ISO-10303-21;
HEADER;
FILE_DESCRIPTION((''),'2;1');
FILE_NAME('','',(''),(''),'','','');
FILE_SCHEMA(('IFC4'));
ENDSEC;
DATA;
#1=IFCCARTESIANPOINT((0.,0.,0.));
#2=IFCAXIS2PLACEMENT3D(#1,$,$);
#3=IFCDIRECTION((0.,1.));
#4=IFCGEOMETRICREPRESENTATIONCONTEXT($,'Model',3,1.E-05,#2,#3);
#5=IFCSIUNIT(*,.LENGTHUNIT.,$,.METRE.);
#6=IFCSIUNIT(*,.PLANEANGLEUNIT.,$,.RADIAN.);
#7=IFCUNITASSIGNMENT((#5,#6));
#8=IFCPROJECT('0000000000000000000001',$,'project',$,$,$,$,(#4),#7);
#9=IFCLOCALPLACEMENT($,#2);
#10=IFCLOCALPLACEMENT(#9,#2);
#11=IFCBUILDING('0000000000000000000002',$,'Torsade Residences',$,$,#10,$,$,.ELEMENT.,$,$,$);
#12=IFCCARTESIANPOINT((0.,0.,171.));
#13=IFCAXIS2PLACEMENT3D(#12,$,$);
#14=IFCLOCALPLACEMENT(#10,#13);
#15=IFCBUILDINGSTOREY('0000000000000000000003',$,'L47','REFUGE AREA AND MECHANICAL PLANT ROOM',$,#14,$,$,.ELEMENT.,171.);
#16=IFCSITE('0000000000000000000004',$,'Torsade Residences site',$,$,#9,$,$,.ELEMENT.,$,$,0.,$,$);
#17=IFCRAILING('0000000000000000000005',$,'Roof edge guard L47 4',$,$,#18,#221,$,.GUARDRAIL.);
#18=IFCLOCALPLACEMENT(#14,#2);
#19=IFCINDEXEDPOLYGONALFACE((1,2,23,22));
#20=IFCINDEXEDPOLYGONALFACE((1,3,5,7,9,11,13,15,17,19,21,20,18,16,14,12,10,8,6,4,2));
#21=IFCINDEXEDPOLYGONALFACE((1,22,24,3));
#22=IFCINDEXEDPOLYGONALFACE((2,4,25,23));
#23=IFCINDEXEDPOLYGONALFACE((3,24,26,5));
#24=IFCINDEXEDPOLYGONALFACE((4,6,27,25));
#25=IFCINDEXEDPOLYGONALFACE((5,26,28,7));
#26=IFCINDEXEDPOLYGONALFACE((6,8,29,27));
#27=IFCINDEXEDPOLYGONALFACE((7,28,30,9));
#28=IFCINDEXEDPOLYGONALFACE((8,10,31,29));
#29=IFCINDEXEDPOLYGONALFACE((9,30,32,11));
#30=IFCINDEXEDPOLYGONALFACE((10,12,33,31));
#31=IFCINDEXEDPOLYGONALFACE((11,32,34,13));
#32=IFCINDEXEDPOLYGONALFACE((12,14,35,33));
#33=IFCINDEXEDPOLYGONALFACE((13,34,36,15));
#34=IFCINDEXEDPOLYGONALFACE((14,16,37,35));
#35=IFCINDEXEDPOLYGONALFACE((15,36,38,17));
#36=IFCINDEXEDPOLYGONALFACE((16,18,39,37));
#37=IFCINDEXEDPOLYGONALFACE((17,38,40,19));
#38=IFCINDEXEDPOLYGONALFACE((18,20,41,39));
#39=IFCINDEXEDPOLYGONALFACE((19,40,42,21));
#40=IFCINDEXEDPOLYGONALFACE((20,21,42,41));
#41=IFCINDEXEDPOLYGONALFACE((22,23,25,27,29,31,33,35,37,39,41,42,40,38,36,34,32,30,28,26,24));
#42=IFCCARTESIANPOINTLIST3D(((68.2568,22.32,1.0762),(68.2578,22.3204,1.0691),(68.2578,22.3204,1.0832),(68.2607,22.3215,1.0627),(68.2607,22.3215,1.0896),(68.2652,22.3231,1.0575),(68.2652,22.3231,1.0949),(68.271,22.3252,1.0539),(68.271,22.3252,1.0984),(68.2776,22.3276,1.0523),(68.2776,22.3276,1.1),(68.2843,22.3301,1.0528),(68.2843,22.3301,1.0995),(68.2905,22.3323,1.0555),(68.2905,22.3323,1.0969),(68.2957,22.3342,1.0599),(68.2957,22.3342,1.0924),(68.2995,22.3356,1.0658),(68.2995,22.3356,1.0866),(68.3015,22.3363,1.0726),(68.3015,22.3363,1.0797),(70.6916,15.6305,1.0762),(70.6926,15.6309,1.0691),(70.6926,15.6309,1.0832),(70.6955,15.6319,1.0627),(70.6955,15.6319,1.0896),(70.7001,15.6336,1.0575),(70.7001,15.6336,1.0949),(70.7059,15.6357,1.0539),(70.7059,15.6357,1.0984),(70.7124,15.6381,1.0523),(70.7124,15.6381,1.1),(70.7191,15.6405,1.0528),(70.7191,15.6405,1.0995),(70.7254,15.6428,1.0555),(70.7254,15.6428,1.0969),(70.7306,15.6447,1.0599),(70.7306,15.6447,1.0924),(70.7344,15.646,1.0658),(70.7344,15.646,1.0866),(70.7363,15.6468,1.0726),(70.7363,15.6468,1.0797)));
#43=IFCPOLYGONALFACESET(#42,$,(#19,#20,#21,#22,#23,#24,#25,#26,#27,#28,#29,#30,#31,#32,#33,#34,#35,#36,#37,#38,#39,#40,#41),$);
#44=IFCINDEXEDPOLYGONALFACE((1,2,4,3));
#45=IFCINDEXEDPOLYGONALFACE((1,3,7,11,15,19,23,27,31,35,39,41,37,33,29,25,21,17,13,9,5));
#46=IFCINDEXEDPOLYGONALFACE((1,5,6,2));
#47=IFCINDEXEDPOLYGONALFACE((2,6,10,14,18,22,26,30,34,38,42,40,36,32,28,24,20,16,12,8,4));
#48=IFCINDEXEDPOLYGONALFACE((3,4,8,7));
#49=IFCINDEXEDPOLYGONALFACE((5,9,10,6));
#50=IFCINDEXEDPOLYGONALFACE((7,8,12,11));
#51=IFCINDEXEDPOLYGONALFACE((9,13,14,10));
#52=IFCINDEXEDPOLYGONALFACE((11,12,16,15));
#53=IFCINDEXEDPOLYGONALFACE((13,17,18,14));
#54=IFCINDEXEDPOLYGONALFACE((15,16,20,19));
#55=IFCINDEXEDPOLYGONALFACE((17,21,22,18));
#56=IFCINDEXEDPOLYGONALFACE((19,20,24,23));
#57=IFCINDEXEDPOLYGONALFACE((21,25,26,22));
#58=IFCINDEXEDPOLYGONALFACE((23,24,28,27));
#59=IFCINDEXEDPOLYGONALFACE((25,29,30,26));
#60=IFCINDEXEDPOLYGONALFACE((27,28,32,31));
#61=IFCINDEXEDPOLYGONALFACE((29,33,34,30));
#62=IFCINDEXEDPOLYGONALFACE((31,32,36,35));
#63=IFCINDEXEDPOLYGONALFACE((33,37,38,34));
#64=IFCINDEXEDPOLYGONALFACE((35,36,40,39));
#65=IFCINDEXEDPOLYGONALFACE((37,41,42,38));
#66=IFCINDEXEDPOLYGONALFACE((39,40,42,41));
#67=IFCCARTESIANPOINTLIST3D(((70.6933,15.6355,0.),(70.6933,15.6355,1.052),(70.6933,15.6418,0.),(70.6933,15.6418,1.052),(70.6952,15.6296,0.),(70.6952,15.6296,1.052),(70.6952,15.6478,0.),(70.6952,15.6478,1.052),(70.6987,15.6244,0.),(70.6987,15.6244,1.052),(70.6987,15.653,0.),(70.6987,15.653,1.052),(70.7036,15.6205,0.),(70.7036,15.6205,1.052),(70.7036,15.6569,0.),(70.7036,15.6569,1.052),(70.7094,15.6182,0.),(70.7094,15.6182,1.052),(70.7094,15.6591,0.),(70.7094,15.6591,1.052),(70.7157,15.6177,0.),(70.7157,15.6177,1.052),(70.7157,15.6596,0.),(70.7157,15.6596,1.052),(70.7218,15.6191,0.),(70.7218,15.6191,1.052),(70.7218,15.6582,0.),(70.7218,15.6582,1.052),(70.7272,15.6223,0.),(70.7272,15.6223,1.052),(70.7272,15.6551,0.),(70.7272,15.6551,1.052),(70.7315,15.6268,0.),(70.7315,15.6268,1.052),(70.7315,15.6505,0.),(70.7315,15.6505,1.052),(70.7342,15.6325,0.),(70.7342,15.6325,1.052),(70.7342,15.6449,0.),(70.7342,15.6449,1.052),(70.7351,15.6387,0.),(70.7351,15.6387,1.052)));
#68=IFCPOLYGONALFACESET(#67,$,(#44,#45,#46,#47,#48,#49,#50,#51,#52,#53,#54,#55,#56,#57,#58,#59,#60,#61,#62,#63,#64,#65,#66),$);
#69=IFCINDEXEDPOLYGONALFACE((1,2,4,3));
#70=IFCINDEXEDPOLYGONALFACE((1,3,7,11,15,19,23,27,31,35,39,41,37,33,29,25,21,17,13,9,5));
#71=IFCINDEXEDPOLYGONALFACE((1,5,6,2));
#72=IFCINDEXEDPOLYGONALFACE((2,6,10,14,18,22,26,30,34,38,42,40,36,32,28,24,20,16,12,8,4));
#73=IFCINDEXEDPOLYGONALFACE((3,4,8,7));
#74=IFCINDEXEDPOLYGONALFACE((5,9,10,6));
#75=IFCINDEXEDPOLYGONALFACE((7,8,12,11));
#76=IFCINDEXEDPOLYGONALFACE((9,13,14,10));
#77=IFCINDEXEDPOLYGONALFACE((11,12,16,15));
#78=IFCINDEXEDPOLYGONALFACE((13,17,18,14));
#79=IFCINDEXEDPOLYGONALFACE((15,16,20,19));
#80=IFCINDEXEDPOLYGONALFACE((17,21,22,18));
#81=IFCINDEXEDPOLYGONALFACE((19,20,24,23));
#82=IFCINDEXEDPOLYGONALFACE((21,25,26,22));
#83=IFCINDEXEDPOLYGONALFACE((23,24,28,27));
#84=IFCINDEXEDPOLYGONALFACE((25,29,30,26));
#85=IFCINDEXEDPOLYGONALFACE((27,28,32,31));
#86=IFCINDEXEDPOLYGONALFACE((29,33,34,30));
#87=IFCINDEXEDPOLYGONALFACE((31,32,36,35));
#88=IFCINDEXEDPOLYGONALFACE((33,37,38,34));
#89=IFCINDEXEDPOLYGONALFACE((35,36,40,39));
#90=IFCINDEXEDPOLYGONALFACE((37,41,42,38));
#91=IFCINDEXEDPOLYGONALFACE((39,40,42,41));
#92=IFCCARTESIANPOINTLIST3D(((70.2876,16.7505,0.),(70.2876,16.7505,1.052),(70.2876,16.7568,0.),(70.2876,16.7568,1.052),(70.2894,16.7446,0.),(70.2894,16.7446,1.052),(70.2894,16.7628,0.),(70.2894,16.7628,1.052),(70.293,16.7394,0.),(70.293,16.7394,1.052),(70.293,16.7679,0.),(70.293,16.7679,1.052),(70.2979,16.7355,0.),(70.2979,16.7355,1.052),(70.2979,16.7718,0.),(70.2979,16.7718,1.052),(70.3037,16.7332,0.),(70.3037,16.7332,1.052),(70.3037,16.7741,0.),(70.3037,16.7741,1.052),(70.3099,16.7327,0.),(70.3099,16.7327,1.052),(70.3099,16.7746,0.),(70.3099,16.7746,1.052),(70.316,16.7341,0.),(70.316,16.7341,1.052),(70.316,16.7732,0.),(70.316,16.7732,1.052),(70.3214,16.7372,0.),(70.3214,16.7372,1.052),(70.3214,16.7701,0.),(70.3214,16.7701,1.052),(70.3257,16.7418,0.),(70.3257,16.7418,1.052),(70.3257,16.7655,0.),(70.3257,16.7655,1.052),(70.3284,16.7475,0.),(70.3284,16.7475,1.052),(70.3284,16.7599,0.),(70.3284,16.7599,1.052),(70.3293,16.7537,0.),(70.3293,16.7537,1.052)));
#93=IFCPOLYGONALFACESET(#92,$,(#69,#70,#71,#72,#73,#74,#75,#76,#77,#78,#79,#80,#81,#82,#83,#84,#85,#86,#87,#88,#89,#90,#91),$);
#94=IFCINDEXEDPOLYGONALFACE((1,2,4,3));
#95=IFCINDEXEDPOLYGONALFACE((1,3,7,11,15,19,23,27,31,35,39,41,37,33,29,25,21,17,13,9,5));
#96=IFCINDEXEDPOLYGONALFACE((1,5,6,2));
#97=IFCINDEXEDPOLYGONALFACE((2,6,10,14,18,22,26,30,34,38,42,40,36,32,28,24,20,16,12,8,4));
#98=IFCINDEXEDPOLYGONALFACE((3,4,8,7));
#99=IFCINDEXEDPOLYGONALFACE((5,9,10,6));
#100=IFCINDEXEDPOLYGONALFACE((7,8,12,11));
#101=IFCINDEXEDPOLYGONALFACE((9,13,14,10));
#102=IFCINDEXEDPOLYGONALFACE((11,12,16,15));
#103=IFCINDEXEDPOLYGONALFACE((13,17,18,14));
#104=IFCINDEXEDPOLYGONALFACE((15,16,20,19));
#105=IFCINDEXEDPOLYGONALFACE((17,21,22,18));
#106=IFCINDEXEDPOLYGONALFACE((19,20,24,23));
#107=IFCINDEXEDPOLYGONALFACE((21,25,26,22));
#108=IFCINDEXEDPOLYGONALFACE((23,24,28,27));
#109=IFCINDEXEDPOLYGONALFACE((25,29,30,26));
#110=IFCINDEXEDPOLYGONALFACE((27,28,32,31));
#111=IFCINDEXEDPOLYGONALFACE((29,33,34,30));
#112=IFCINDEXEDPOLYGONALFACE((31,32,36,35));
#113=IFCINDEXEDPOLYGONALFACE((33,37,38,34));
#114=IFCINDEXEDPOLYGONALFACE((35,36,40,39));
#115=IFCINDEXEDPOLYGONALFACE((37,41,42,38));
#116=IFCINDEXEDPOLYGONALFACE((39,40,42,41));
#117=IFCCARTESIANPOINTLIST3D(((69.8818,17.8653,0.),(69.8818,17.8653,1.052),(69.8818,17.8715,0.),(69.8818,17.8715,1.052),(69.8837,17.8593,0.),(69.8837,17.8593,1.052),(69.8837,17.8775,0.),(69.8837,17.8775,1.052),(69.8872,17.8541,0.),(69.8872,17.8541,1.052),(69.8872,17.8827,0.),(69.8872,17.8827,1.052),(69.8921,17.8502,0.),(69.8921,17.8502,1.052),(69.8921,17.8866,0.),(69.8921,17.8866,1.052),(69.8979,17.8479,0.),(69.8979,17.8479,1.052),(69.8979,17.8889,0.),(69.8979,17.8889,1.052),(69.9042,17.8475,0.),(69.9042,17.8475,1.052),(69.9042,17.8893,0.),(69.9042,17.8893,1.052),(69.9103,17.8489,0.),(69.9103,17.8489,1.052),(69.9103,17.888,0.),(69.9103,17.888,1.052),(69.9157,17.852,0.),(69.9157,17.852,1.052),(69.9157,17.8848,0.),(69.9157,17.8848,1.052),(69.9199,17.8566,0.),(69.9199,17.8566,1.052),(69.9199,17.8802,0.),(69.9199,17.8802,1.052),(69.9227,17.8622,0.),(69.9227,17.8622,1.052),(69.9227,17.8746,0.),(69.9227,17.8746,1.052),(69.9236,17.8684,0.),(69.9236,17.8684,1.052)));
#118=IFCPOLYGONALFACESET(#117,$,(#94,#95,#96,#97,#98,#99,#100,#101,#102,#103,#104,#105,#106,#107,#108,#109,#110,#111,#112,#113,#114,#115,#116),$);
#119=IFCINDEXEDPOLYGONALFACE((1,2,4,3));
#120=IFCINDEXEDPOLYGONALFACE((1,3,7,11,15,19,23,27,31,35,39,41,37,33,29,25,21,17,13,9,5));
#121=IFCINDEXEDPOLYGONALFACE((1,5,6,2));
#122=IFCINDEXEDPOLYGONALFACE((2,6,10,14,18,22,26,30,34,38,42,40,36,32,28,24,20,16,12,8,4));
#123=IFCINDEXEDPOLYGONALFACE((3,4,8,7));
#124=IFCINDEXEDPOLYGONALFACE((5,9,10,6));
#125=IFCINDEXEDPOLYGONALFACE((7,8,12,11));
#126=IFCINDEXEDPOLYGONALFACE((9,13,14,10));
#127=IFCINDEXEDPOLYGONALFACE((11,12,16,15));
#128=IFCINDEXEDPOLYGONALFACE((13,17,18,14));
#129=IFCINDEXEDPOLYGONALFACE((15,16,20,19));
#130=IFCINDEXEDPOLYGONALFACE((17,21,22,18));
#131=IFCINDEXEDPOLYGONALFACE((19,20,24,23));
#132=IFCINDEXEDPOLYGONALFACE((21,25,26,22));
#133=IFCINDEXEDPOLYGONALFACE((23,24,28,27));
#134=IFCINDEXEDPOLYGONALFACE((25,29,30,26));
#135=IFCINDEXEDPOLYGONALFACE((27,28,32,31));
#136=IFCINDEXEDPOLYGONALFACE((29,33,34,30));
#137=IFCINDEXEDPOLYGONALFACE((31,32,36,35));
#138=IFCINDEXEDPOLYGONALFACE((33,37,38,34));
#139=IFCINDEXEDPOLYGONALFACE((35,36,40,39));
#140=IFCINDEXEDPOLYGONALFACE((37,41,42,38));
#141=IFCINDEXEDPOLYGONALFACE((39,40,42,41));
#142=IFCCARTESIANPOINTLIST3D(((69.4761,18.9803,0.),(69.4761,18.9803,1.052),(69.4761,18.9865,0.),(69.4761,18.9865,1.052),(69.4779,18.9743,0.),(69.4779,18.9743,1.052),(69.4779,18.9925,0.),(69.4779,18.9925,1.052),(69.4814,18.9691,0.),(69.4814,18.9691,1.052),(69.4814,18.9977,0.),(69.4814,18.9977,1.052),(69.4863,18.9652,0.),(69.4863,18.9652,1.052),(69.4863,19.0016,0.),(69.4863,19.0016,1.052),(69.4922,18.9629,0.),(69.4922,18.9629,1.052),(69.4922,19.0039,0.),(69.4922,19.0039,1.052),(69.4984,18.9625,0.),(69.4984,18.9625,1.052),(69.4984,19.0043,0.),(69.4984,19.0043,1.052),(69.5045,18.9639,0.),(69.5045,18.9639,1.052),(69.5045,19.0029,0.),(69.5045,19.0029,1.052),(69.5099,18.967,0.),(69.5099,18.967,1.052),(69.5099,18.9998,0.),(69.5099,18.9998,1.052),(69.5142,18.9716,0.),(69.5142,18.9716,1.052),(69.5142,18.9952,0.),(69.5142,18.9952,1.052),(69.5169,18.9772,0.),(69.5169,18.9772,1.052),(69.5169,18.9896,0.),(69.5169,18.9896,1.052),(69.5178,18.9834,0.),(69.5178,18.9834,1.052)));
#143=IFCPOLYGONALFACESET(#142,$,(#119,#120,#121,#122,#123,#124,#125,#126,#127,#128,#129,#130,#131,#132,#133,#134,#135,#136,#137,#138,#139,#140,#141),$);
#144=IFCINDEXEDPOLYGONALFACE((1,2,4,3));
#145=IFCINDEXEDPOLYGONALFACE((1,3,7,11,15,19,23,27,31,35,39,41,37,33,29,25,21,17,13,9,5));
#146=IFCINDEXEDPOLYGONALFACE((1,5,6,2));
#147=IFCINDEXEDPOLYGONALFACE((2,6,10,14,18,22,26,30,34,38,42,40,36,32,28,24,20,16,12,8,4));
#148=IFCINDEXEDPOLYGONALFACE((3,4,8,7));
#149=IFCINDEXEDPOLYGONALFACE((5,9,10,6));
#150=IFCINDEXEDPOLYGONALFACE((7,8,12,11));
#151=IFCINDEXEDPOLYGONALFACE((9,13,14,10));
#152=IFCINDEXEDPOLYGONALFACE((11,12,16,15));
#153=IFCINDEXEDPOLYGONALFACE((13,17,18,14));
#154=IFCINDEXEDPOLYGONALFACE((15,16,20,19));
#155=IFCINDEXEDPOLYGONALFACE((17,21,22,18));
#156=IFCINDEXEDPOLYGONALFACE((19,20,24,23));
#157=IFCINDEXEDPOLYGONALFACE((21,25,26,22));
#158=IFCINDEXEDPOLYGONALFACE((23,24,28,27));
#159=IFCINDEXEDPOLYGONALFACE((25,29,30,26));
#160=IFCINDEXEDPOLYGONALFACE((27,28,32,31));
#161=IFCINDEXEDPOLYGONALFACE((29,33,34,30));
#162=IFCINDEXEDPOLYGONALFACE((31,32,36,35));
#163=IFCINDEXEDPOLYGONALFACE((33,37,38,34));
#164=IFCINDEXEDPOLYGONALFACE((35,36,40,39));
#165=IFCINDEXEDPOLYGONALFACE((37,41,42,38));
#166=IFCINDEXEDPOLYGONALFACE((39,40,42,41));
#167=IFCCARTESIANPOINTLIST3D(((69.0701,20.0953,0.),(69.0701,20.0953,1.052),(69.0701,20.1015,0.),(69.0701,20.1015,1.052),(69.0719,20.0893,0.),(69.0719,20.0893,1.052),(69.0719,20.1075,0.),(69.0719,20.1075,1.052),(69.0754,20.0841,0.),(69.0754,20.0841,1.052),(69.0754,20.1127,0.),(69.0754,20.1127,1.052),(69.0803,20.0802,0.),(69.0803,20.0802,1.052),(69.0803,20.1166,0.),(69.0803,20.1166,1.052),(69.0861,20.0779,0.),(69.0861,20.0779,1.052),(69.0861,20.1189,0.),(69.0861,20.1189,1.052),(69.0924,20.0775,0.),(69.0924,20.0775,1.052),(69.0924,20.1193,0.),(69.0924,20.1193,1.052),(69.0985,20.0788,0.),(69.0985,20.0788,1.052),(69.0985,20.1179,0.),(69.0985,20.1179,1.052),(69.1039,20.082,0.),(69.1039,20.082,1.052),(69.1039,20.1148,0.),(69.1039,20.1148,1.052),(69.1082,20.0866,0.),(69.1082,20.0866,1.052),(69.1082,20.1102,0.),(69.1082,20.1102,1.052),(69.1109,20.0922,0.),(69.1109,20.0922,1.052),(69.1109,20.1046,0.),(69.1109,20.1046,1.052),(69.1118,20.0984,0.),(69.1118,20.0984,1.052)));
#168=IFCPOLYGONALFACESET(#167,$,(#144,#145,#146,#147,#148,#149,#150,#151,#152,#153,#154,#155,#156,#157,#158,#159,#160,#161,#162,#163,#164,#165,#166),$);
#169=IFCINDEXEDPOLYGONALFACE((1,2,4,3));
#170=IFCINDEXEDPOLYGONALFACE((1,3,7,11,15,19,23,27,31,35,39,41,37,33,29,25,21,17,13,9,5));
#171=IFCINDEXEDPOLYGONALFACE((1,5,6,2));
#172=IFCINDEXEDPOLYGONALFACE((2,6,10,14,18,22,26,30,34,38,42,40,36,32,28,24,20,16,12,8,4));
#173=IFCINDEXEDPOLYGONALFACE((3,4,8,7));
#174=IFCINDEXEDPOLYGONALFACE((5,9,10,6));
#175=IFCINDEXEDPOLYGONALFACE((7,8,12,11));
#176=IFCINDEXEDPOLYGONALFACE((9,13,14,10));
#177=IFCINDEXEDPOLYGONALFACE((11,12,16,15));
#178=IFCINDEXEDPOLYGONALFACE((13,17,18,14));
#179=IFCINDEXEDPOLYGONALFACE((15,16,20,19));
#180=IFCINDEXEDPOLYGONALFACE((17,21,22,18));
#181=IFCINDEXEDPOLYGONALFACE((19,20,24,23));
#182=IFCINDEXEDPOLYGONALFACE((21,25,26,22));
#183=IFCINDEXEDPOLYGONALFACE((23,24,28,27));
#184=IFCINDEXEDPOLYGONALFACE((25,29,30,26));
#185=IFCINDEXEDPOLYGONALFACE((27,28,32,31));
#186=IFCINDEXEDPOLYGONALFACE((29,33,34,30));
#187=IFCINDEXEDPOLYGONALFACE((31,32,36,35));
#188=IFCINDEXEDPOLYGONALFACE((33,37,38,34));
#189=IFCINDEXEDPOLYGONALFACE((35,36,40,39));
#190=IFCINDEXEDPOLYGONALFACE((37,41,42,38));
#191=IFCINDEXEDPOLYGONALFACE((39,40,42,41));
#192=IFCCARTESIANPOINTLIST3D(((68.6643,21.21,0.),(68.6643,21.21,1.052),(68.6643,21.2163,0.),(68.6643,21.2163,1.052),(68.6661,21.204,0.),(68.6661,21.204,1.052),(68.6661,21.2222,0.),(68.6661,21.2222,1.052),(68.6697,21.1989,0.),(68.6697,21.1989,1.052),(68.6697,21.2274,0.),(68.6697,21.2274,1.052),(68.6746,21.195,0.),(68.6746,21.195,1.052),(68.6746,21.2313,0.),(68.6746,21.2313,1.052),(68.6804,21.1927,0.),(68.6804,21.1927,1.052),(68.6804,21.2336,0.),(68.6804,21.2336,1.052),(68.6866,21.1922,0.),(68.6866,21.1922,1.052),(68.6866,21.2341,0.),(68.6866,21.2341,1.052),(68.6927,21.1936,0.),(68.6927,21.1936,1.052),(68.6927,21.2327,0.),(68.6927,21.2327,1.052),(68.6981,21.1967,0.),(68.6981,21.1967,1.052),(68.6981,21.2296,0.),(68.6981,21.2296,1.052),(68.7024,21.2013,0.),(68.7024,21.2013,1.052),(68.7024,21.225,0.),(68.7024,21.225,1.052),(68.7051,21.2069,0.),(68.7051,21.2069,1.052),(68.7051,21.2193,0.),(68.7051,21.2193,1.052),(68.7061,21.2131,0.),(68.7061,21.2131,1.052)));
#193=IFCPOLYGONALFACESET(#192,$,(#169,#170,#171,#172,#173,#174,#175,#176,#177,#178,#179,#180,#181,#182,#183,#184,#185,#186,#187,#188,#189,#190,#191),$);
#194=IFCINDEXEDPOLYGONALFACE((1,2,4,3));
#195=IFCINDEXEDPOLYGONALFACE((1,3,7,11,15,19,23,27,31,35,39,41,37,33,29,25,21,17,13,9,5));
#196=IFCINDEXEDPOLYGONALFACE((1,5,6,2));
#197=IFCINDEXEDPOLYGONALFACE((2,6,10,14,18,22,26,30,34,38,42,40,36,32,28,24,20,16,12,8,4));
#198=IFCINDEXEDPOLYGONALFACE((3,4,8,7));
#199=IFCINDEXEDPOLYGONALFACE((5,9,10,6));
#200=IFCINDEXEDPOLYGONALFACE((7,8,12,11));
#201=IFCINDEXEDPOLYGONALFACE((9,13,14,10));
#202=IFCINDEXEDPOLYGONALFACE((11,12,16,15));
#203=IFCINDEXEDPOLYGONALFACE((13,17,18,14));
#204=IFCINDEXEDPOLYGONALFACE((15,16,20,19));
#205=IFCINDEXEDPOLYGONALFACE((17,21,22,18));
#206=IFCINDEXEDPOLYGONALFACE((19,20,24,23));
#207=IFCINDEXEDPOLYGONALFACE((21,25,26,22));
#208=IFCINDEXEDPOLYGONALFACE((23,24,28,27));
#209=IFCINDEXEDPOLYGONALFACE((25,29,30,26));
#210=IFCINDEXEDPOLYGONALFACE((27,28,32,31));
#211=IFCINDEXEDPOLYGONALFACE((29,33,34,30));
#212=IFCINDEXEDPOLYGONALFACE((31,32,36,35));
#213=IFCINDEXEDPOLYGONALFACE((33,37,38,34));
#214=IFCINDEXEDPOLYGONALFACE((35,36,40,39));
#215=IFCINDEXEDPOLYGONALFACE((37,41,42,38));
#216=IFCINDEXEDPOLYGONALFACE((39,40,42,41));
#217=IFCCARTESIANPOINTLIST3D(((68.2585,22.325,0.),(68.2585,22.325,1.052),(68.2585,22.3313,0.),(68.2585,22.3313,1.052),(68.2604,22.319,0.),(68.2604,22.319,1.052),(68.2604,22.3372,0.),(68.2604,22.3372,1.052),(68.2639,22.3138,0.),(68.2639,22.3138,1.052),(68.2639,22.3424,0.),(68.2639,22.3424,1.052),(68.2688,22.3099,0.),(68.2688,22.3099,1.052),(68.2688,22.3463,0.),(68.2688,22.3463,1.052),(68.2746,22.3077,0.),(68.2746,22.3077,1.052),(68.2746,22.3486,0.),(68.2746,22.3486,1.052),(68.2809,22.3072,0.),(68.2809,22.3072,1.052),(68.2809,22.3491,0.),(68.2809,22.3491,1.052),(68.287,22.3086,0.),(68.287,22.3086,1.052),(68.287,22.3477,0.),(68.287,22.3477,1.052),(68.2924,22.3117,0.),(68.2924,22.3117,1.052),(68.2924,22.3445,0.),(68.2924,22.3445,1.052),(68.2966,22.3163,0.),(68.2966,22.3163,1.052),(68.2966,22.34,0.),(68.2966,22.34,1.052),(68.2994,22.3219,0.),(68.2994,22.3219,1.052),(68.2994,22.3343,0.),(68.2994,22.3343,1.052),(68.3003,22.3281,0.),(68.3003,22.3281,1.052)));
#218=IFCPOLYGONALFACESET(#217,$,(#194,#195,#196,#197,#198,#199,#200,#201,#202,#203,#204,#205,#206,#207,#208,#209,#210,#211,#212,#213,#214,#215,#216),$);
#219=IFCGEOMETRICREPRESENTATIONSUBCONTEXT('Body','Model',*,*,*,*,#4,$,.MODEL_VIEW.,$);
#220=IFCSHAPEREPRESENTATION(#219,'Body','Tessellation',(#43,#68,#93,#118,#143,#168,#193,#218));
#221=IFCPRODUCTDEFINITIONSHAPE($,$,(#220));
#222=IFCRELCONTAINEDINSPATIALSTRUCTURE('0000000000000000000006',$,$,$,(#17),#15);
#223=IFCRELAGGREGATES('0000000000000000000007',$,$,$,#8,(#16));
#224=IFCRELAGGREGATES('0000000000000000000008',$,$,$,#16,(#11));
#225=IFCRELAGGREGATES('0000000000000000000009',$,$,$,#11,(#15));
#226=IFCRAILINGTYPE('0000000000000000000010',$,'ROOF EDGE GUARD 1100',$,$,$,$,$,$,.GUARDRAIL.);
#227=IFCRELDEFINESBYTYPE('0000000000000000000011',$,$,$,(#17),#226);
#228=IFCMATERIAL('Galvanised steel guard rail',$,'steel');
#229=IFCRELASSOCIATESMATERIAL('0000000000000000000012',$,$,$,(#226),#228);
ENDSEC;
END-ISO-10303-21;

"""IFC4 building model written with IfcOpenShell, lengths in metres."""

from ifc_helpers import new_model, si_unit, direction, frame, origin, origin_2d, place, context, subcontext, project, spatial, circle, extrude, material, type_object, element, save


model = new_model("IFC4")

# Units and contexts
model_context = context("Model", 3, precision=1e-05, world=origin(), true_north=direction((0.0, 1.0)))
body_context = subcontext(model_context, "Body", "Model", "MODEL_VIEW")
ifc_project = project(units=[si_unit("LENGTHUNIT", "METRE"), si_unit("PLANEANGLEUNIT", "RADIAN")], contexts=[model_context])

# Site, building, storey
site_placement = place(None, origin())
site = spatial("IfcSite", under=ifc_project, at=site_placement, Name="Torsade Residences site", CompositionType="ELEMENT", RefElevation=0.0)
building_placement = place(site_placement, origin())
building = spatial("IfcBuilding", under=site, at=building_placement, Name="Torsade Residences", CompositionType="ELEMENT")
storey_placement = place(building_placement, frame((0.0, 0.0, 171.0)))
storey = spatial("IfcBuildingStorey", under=building, at=storey_placement, Name="L47", Description="REFUGE AREA AND MECHANICAL PLANT ROOM", CompositionType="ELEMENT", Elevation=171.0)

# Railing
ifc_material_1 = material(Name="Galvanised steel guard rail", Category="steel")
railing_type = type_object("IfcRailingType", Name="ROOF EDGE GUARD 1100", PredefinedType="GUARDRAIL", material=ifc_material_1)
railing_1_placement = place(storey_placement, frame((70.7141, 15.6387, 0.0)))
element("IfcRailing", 1, at=railing_1_placement, inside=storey, type_object=railing_type, Name="Roof edge guard L47 4", PredefinedType="GUARDRAIL", context=body_context, shape_type="SweptSolid", body=[
    extrude(circle(Radius=0.0239, at=origin_2d()), frame((0.0, 0.0, 1.0762), z_axis=(-0.342027, 0.93969, 0.0), x_axis=(-0.93969, -0.342027, 0.0)), (0.0, 0.0, 1.0), 7.1189),
    extrude(circle(Radius=0.021, at=origin_2d()), origin(), (0.0, 0.0, 1.0), 1.052),
    extrude(circle(Radius=0.021, at=origin_2d()), frame((-0.4058, 1.115, 0.0)), (0.0, 0.0, 1.0), 1.052),
    extrude(circle(Radius=0.021, at=origin_2d()), frame((-0.8115, 2.2297, 0.0)), (0.0, 0.0, 1.0), 1.052),
    extrude(circle(Radius=0.021, at=origin_2d()), frame((-1.2173, 3.3447, 0.0)), (0.0, 0.0, 1.0), 1.052),
    extrude(circle(Radius=0.021, at=origin_2d()), frame((-1.6233, 4.4597, 0.0)), (0.0, 0.0, 1.0), 1.052),
    extrude(circle(Radius=0.021, at=origin_2d()), frame((-2.0291, 5.5745, 0.0)), (0.0, 0.0, 1.0), 1.052),
    extrude(circle(Radius=0.021, at=origin_2d()), frame((-2.4348, 6.6895, 0.0)), (0.0, 0.0, 1.0), 1.052),
])

save(model, "model.ifc")
